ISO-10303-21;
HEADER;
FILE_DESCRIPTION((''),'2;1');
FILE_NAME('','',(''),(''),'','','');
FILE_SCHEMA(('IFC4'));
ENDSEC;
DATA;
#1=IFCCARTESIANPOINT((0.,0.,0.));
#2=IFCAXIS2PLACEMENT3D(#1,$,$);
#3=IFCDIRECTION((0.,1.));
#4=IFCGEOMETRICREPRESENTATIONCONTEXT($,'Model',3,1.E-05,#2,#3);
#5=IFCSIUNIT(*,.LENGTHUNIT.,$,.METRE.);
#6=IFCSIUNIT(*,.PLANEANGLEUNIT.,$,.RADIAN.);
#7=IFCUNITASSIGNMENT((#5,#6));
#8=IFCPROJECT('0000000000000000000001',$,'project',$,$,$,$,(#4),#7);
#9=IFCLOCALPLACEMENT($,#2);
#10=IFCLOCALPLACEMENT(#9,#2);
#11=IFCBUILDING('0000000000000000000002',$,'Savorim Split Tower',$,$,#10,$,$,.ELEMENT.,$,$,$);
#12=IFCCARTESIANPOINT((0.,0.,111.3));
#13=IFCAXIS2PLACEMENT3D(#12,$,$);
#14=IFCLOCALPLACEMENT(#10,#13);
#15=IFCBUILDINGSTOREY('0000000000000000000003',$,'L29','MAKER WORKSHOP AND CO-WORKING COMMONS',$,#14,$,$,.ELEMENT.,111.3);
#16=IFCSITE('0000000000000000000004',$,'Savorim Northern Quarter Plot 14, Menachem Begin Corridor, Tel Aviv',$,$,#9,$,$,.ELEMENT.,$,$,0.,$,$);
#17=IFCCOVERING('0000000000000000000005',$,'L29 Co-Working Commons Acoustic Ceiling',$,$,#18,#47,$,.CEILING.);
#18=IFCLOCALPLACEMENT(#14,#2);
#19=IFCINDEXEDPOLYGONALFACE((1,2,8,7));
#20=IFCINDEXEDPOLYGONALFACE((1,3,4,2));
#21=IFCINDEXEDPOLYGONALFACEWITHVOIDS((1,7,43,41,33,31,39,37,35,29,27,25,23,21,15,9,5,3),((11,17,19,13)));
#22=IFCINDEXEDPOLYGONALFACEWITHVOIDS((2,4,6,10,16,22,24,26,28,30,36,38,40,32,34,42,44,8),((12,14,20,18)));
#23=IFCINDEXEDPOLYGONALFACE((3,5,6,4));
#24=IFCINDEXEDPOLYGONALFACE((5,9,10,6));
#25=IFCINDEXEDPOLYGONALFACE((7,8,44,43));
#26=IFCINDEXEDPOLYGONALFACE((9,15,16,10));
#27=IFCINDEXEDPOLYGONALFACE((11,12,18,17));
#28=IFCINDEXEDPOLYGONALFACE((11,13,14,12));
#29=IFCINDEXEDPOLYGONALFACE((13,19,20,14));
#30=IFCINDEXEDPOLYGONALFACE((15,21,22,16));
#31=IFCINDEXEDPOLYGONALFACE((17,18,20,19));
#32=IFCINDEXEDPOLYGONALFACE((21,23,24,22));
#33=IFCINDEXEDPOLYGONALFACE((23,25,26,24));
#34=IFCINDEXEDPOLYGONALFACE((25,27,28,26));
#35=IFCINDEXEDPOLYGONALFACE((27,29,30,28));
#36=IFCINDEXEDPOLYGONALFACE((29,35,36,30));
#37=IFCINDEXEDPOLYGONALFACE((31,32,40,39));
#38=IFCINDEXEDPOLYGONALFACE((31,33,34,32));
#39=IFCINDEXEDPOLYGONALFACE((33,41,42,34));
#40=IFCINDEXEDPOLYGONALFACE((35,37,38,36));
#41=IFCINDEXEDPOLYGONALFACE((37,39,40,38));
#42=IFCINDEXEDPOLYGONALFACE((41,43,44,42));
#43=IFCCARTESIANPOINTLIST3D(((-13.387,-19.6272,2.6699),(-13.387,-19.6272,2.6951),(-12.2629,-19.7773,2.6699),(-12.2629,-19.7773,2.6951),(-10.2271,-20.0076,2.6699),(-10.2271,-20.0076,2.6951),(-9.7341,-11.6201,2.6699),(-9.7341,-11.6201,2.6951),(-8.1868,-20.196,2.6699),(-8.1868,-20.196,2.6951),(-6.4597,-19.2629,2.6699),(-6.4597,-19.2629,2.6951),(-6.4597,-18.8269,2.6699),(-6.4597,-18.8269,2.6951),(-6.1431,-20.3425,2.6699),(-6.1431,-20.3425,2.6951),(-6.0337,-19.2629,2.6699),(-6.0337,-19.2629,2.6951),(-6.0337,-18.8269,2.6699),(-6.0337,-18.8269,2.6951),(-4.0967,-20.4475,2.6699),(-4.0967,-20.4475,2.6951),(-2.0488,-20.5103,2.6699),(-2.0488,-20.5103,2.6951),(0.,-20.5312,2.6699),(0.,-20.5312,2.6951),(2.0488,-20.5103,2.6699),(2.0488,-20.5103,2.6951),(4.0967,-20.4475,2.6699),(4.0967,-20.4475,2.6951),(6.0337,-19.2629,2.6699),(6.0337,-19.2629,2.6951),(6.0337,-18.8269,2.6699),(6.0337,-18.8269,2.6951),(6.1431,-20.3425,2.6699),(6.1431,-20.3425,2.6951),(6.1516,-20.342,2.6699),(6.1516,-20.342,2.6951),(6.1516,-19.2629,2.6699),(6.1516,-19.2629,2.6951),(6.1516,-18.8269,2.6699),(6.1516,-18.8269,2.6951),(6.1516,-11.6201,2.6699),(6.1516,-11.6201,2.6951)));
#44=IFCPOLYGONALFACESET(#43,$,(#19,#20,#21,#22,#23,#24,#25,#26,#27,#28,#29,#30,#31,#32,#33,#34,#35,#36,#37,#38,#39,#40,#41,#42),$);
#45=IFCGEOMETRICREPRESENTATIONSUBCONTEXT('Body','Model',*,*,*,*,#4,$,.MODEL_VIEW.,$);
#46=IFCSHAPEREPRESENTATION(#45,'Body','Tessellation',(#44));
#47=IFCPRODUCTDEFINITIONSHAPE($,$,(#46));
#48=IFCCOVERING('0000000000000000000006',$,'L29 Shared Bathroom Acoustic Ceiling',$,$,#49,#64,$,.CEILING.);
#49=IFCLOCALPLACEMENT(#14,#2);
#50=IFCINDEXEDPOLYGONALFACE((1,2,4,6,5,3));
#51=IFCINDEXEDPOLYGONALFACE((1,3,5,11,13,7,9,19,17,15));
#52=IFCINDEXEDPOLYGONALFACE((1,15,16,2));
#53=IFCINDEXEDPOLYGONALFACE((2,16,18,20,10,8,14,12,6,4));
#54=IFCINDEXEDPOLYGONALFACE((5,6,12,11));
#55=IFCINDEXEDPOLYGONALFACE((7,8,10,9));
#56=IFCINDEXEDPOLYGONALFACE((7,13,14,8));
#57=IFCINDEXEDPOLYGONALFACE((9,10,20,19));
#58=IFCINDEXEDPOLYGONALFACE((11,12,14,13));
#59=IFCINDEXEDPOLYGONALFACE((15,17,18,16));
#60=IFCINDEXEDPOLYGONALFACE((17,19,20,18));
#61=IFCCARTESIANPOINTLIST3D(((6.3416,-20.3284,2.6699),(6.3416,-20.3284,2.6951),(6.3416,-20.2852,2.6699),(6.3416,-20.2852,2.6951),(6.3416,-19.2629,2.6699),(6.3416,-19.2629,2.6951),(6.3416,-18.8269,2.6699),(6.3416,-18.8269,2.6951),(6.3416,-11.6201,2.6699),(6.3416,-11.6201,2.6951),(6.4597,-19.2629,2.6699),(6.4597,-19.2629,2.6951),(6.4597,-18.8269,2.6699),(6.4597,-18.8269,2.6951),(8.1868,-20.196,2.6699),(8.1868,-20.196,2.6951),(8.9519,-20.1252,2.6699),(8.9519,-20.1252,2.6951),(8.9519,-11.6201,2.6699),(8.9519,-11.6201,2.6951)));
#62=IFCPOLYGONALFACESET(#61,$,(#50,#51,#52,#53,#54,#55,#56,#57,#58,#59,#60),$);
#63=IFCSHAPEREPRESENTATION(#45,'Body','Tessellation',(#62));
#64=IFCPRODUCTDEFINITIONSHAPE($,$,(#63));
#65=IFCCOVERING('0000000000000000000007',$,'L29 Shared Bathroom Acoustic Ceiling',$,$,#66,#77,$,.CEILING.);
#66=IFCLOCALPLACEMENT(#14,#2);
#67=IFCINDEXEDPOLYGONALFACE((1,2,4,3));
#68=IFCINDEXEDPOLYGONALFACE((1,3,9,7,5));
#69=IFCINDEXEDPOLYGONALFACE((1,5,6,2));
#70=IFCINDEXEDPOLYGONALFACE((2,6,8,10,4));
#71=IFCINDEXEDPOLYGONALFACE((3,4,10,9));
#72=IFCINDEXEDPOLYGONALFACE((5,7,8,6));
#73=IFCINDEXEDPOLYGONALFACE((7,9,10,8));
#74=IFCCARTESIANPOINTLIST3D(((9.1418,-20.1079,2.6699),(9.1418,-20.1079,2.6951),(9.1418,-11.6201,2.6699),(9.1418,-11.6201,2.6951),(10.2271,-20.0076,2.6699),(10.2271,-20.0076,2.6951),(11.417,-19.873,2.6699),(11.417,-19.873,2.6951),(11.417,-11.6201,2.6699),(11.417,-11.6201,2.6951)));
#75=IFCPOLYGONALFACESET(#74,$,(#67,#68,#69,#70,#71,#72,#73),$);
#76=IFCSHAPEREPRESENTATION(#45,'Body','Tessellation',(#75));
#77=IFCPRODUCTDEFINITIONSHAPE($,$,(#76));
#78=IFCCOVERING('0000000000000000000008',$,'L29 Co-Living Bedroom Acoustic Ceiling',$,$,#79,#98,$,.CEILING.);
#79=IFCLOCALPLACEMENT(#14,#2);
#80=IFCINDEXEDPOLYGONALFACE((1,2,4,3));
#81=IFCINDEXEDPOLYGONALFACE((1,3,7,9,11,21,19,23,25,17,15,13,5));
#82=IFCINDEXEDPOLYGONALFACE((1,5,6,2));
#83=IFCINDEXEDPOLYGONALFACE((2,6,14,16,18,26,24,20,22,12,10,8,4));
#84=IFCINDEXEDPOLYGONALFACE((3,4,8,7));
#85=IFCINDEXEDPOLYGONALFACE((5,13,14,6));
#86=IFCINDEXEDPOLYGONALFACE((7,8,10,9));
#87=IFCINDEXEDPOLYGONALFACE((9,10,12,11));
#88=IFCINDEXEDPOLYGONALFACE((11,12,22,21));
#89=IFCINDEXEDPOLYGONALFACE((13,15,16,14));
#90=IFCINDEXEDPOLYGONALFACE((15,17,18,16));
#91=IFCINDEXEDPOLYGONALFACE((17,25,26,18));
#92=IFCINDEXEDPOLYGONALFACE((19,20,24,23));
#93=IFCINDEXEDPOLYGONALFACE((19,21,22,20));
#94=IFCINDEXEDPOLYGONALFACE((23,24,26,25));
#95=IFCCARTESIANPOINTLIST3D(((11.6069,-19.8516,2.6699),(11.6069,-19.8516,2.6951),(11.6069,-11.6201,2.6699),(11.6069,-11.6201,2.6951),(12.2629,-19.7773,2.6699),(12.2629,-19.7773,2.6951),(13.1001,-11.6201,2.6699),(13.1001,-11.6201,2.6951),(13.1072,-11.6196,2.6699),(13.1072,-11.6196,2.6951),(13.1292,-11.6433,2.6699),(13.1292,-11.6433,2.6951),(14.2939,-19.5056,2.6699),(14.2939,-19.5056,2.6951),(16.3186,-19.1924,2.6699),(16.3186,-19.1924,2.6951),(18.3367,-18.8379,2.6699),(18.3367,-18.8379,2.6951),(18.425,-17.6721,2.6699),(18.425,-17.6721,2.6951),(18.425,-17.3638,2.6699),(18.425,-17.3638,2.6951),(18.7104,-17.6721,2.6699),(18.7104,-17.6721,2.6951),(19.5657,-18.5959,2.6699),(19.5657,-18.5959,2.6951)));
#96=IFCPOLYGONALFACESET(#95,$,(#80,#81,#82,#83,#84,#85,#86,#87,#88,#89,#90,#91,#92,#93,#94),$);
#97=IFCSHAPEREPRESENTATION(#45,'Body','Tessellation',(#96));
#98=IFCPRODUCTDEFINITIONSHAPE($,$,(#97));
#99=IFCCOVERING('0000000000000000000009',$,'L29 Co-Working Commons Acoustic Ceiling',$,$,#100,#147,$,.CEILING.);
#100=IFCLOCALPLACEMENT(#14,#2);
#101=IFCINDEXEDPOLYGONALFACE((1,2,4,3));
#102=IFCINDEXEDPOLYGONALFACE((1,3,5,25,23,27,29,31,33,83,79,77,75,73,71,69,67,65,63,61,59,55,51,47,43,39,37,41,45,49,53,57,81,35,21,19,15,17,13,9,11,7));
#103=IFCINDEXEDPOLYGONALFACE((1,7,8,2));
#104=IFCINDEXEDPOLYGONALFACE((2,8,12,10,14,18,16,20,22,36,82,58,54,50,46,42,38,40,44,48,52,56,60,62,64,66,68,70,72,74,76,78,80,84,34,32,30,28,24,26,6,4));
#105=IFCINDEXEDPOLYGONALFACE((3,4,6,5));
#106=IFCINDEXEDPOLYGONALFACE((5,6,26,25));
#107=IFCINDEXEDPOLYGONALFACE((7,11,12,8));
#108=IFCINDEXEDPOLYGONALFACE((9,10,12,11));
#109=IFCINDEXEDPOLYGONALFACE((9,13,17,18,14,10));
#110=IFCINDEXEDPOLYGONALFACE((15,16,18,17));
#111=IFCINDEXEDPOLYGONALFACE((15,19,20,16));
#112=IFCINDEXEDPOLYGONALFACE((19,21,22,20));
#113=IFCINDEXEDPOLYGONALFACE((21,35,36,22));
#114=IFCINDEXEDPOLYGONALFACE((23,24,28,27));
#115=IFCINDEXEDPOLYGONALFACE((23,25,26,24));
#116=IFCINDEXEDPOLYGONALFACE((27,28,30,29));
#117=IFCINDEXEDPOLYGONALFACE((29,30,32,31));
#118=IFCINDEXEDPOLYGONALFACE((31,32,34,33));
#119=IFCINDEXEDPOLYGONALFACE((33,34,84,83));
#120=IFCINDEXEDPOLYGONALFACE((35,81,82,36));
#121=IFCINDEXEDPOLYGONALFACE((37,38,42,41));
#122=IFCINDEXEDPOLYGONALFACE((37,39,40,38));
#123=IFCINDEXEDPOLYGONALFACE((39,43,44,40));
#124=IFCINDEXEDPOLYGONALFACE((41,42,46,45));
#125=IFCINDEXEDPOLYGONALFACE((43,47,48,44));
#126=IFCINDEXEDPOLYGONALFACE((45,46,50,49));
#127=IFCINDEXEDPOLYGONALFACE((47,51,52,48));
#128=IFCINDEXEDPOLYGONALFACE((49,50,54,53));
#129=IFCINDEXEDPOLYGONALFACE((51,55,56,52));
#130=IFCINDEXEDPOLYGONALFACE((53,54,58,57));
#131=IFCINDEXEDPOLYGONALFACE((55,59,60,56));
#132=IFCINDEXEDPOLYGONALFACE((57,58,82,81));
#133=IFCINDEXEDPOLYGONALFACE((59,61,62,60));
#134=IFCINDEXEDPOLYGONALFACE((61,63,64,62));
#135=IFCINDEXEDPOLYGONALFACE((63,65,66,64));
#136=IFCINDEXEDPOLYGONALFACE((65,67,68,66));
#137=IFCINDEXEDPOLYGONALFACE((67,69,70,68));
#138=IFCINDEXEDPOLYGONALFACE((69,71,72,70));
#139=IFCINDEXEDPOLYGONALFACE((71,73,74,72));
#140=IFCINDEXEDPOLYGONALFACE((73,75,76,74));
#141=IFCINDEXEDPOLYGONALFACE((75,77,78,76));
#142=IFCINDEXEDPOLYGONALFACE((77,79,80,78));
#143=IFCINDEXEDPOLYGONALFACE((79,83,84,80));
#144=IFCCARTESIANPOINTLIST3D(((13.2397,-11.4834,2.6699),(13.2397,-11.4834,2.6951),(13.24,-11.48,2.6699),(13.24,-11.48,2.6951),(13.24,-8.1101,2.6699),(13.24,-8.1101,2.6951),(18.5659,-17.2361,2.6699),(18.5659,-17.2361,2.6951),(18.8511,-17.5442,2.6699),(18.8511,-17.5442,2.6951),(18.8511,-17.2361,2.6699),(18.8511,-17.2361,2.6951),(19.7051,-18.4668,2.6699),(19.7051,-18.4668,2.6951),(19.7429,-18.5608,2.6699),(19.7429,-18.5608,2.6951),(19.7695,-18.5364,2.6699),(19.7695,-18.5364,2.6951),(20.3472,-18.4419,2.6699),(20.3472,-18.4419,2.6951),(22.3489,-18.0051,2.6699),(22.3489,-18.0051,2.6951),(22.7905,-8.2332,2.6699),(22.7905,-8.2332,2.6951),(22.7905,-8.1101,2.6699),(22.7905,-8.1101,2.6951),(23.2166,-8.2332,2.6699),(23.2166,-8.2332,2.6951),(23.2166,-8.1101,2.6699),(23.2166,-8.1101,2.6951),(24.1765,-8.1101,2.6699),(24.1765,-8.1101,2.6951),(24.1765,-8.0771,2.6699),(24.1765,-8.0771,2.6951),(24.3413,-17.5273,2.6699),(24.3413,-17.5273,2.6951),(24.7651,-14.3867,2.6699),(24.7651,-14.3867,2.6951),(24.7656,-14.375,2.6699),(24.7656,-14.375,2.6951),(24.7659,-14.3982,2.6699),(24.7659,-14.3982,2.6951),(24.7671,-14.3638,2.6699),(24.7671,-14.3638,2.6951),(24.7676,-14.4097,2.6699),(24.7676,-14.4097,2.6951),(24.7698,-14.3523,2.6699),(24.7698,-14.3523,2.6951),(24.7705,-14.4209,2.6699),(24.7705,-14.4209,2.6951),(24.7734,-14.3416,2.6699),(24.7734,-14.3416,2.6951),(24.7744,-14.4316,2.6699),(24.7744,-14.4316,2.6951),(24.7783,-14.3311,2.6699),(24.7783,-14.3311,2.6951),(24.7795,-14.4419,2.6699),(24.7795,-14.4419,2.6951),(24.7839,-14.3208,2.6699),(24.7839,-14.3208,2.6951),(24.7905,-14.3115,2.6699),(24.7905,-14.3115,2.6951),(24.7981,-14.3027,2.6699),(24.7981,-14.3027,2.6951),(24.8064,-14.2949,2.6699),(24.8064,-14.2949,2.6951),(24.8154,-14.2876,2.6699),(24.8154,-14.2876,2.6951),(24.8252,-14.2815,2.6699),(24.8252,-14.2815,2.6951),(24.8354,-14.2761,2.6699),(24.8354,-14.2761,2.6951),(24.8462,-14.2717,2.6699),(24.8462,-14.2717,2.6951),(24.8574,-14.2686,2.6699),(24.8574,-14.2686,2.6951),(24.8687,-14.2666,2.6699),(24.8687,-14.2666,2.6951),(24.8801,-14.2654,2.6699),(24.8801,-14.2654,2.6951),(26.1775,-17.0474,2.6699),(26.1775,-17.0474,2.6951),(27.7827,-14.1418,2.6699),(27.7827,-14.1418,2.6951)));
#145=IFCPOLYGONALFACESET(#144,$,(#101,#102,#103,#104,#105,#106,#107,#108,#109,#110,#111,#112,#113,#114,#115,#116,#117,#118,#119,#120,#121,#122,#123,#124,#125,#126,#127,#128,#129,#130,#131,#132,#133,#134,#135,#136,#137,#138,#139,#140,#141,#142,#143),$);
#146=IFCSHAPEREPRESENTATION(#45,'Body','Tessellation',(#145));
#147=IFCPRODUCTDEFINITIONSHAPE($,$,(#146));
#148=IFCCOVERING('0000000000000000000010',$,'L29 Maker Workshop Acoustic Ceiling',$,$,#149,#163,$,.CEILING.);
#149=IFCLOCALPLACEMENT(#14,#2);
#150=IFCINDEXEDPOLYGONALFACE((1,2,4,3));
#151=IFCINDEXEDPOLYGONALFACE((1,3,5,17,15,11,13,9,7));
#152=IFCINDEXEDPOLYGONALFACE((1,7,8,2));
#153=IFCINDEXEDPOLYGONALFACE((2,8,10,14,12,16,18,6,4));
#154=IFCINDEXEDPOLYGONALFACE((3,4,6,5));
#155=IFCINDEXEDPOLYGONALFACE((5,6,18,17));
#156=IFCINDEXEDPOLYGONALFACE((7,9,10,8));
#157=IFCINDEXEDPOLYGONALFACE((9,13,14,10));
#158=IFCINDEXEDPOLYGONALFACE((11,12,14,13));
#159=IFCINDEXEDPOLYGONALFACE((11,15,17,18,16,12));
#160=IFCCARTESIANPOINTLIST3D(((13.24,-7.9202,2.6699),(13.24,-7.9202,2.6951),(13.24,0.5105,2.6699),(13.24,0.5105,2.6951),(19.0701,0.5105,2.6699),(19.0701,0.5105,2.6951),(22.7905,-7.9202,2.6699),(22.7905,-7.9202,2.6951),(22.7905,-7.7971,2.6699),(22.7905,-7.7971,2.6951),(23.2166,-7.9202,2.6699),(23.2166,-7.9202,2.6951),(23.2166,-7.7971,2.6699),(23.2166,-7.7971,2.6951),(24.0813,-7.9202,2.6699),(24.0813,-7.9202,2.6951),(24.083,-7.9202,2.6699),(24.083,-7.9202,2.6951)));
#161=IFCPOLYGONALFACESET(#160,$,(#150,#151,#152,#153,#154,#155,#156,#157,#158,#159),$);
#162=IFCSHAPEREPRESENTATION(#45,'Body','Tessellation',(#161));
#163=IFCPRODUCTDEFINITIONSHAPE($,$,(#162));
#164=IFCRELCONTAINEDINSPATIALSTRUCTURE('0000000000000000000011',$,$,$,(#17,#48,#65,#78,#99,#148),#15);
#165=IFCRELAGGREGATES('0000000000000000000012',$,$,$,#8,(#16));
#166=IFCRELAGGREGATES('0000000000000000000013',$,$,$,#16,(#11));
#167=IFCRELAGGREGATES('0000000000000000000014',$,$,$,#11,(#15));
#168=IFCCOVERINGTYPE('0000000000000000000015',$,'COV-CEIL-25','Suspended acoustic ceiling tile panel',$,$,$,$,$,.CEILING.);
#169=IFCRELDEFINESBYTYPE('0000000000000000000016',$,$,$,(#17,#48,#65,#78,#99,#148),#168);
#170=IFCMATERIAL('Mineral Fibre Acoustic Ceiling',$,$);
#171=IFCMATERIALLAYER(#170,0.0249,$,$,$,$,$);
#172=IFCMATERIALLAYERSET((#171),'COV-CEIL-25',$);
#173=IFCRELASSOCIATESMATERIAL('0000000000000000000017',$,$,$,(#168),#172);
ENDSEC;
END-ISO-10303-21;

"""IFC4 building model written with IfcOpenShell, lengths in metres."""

from ifc_helpers import new_model, si_unit, direction, frame, origin, place, context, subcontext, project, spatial, polyline, outline, extrude, material, layer, layer_set, type_object, element, save


model = new_model("IFC4")

# Units and contexts
model_context = context("Model", 3, precision=1e-05, world=origin(), true_north=direction((0.0, 1.0)))
body_context = subcontext(model_context, "Body", "Model", "MODEL_VIEW")
ifc_project = project(units=[si_unit("LENGTHUNIT", "METRE"), si_unit("PLANEANGLEUNIT", "RADIAN")], contexts=[model_context])

# Site, building, storey
site_placement = place(None, origin())
site = spatial("IfcSite", under=ifc_project, at=site_placement, Name="Savorim Northern Quarter Plot 14, Menachem Begin Corridor, Tel Aviv", CompositionType="ELEMENT", RefElevation=0.0)
building_placement = place(site_placement, origin())
building = spatial("IfcBuilding", under=site, at=building_placement, Name="Savorim Split Tower", CompositionType="ELEMENT")
storey_placement = place(building_placement, frame((0.0, 0.0, 111.3)))
storey = spatial("IfcBuildingStorey", under=building, at=storey_placement, Name="L29", Description="MAKER WORKSHOP AND CO-WORKING COMMONS", CompositionType="ELEMENT", Elevation=111.3)

# Coverings
ifc_material_1 = material(Name="Mineral Fibre Acoustic Ceiling")
ifc_layer_1 = layer(ifc_material_1, 0.0249)
ifc_layer_set_1 = layer_set([ifc_layer_1], Name="COV-CEIL-25")
covering_type_1 = type_object("IfcCoveringType", Name="COV-CEIL-25", Description="Suspended acoustic ceiling tile panel", PredefinedType="CEILING", material=ifc_layer_set_1)
covering_1_placement = place(storey_placement, frame((0.0, 0.0, 2.6699)))
element("IfcCovering", 1, at=covering_1_placement, inside=storey, type_object=covering_type_1, Name="L29 Co-Working Commons Acoustic Ceiling", PredefinedType="CEILING", context=body_context, shape_type="SweptSolid", body=[
    extrude(outline(polyline([(6.0337, -18.8269), (6.1516, -18.8269), (6.1516, -11.6201), (-9.7341, -11.6201), (-13.387, -19.6272), (-12.2629, -19.7773), (-10.2271, -20.0076), (-8.1868, -20.196), (-6.1431, -20.3425), (-4.0967, -20.4475), (-2.0488, -20.5103), (0.0, -20.5312), (2.0488, -20.5103), (4.0967, -20.4475), (6.1431, -20.3425), (6.1516, -20.342), (6.1516, -19.2629), (6.0337, -19.2629), (6.0337, -18.8269)]), holes=[polyline([(-6.4597, -19.2629), (-6.0337, -19.2629), (-6.0337, -18.8269), (-6.4597, -18.8269), (-6.4597, -19.2629)])]), origin(), (0.0, 0.0, 1.0), 0.0251),
])
covering_2_placement = place(storey_placement, frame((0.0, 0.0, 2.6699)))
element("IfcCovering", 2, at=covering_2_placement, inside=storey, type_object=covering_type_1, Name="L29 Shared Bathroom Acoustic Ceiling", PredefinedType="CEILING", context=body_context, shape_type="SweptSolid", body=[
    extrude(outline(polyline([(6.3416, -20.2852), (6.3416, -20.3284), (8.1868, -20.196), (8.9519, -20.1252), (8.9519, -11.6201), (6.3416, -11.6201), (6.3416, -18.8269), (6.4597, -18.8269), (6.4597, -19.2629), (6.3416, -19.2629), (6.3416, -20.2852)])), origin(), (0.0, 0.0, 1.0), 0.0251),
])
covering_3_placement = place(storey_placement, frame((0.0, 0.0, 2.6699)))
element("IfcCovering", 3, at=covering_3_placement, inside=storey, type_object=covering_type_1, Name="L29 Shared Bathroom Acoustic Ceiling", PredefinedType="CEILING", context=body_context, shape_type="SweptSolid", body=[
    extrude(outline(polyline([(9.1418, -11.6201), (9.1418, -20.1079), (10.2271, -20.0076), (11.417, -19.873), (11.417, -11.6201), (9.1418, -11.6201)])), origin(), (0.0, 0.0, 1.0), 0.0251),
])
covering_4_placement = place(storey_placement, frame((0.0, 0.0, 2.6699)))
element("IfcCovering", 4, at=covering_4_placement, inside=storey, type_object=covering_type_1, Name="L29 Co-Living Bedroom Acoustic Ceiling", PredefinedType="CEILING", context=body_context, shape_type="SweptSolid", body=[
    extrude(outline(polyline([(12.2629, -19.7773), (14.2939, -19.5056), (16.3186, -19.1924), (18.3367, -18.8379), (19.5657, -18.5959), (18.7104, -17.6721), (18.425, -17.6721), (18.425, -17.3638), (13.1292, -11.6433), (13.1072, -11.6196), (13.1001, -11.6201), (11.6069, -11.6201), (11.6069, -19.8516), (12.2629, -19.7773)])), origin(), (0.0, 0.0, 1.0), 0.0251),
])
covering_5_placement = place(storey_placement, frame((0.0, 0.0, 2.6699)))
element("IfcCovering", 5, at=covering_5_placement, inside=storey, type_object=covering_type_1, Name="L29 Co-Working Commons Acoustic Ceiling", PredefinedType="CEILING", context=body_context, shape_type="SweptSolid", body=[
    extrude(outline(polyline([(24.8574, -14.2686), (24.8687, -14.2666), (24.8801, -14.2654), (27.7827, -14.1418), (24.1765, -8.0771), (24.1765, -8.1101), (23.2166, -8.1101), (23.2166, -8.2332), (22.7905, -8.2332), (22.7905, -8.1101), (13.24, -8.1101), (13.24, -11.48), (13.2397, -11.4834), (18.5659, -17.2361), (18.8511, -17.2361), (18.8511, -17.5442), (19.7051, -18.4668), (19.7695, -18.5364), (19.7429, -18.5608), (20.3472, -18.4419), (22.3489, -18.0051), (24.3413, -17.5273), (26.1775, -17.0474), (24.7795, -14.4419), (24.7744, -14.4316), (24.7705, -14.4209), (24.7676, -14.4097), (24.7659, -14.3982), (24.7651, -14.3867), (24.7656, -14.375), (24.7671, -14.3638), (24.7698, -14.3523), (24.7734, -14.3416), (24.7783, -14.3311), (24.7839, -14.3208), (24.7905, -14.3115), (24.7981, -14.3027), (24.8064, -14.2949), (24.8154, -14.2876), (24.8252, -14.2815), (24.8354, -14.2761), (24.8462, -14.2717), (24.8574, -14.2686)])), origin(), (0.0, 0.0, 1.0), 0.0251),
])
covering_6_placement = place(storey_placement, frame((0.0, 0.0, 2.6699)))
element("IfcCovering", 6, at=covering_6_placement, inside=storey, type_object=covering_type_1, Name="L29 Maker Workshop Acoustic Ceiling", PredefinedType="CEILING", context=body_context, shape_type="SweptSolid", body=[
    extrude(outline(polyline([(23.2166, -7.7971), (23.2166, -7.9202), (24.0813, -7.9202), (24.083, -7.9202), (19.0701, 0.5105), (13.24, 0.5105), (13.24, -7.9202), (22.7905, -7.9202), (22.7905, -7.7971), (23.2166, -7.7971)])), origin(), (0.0, 0.0, 1.0), 0.0251),
])

save(model, "model.ifc")
